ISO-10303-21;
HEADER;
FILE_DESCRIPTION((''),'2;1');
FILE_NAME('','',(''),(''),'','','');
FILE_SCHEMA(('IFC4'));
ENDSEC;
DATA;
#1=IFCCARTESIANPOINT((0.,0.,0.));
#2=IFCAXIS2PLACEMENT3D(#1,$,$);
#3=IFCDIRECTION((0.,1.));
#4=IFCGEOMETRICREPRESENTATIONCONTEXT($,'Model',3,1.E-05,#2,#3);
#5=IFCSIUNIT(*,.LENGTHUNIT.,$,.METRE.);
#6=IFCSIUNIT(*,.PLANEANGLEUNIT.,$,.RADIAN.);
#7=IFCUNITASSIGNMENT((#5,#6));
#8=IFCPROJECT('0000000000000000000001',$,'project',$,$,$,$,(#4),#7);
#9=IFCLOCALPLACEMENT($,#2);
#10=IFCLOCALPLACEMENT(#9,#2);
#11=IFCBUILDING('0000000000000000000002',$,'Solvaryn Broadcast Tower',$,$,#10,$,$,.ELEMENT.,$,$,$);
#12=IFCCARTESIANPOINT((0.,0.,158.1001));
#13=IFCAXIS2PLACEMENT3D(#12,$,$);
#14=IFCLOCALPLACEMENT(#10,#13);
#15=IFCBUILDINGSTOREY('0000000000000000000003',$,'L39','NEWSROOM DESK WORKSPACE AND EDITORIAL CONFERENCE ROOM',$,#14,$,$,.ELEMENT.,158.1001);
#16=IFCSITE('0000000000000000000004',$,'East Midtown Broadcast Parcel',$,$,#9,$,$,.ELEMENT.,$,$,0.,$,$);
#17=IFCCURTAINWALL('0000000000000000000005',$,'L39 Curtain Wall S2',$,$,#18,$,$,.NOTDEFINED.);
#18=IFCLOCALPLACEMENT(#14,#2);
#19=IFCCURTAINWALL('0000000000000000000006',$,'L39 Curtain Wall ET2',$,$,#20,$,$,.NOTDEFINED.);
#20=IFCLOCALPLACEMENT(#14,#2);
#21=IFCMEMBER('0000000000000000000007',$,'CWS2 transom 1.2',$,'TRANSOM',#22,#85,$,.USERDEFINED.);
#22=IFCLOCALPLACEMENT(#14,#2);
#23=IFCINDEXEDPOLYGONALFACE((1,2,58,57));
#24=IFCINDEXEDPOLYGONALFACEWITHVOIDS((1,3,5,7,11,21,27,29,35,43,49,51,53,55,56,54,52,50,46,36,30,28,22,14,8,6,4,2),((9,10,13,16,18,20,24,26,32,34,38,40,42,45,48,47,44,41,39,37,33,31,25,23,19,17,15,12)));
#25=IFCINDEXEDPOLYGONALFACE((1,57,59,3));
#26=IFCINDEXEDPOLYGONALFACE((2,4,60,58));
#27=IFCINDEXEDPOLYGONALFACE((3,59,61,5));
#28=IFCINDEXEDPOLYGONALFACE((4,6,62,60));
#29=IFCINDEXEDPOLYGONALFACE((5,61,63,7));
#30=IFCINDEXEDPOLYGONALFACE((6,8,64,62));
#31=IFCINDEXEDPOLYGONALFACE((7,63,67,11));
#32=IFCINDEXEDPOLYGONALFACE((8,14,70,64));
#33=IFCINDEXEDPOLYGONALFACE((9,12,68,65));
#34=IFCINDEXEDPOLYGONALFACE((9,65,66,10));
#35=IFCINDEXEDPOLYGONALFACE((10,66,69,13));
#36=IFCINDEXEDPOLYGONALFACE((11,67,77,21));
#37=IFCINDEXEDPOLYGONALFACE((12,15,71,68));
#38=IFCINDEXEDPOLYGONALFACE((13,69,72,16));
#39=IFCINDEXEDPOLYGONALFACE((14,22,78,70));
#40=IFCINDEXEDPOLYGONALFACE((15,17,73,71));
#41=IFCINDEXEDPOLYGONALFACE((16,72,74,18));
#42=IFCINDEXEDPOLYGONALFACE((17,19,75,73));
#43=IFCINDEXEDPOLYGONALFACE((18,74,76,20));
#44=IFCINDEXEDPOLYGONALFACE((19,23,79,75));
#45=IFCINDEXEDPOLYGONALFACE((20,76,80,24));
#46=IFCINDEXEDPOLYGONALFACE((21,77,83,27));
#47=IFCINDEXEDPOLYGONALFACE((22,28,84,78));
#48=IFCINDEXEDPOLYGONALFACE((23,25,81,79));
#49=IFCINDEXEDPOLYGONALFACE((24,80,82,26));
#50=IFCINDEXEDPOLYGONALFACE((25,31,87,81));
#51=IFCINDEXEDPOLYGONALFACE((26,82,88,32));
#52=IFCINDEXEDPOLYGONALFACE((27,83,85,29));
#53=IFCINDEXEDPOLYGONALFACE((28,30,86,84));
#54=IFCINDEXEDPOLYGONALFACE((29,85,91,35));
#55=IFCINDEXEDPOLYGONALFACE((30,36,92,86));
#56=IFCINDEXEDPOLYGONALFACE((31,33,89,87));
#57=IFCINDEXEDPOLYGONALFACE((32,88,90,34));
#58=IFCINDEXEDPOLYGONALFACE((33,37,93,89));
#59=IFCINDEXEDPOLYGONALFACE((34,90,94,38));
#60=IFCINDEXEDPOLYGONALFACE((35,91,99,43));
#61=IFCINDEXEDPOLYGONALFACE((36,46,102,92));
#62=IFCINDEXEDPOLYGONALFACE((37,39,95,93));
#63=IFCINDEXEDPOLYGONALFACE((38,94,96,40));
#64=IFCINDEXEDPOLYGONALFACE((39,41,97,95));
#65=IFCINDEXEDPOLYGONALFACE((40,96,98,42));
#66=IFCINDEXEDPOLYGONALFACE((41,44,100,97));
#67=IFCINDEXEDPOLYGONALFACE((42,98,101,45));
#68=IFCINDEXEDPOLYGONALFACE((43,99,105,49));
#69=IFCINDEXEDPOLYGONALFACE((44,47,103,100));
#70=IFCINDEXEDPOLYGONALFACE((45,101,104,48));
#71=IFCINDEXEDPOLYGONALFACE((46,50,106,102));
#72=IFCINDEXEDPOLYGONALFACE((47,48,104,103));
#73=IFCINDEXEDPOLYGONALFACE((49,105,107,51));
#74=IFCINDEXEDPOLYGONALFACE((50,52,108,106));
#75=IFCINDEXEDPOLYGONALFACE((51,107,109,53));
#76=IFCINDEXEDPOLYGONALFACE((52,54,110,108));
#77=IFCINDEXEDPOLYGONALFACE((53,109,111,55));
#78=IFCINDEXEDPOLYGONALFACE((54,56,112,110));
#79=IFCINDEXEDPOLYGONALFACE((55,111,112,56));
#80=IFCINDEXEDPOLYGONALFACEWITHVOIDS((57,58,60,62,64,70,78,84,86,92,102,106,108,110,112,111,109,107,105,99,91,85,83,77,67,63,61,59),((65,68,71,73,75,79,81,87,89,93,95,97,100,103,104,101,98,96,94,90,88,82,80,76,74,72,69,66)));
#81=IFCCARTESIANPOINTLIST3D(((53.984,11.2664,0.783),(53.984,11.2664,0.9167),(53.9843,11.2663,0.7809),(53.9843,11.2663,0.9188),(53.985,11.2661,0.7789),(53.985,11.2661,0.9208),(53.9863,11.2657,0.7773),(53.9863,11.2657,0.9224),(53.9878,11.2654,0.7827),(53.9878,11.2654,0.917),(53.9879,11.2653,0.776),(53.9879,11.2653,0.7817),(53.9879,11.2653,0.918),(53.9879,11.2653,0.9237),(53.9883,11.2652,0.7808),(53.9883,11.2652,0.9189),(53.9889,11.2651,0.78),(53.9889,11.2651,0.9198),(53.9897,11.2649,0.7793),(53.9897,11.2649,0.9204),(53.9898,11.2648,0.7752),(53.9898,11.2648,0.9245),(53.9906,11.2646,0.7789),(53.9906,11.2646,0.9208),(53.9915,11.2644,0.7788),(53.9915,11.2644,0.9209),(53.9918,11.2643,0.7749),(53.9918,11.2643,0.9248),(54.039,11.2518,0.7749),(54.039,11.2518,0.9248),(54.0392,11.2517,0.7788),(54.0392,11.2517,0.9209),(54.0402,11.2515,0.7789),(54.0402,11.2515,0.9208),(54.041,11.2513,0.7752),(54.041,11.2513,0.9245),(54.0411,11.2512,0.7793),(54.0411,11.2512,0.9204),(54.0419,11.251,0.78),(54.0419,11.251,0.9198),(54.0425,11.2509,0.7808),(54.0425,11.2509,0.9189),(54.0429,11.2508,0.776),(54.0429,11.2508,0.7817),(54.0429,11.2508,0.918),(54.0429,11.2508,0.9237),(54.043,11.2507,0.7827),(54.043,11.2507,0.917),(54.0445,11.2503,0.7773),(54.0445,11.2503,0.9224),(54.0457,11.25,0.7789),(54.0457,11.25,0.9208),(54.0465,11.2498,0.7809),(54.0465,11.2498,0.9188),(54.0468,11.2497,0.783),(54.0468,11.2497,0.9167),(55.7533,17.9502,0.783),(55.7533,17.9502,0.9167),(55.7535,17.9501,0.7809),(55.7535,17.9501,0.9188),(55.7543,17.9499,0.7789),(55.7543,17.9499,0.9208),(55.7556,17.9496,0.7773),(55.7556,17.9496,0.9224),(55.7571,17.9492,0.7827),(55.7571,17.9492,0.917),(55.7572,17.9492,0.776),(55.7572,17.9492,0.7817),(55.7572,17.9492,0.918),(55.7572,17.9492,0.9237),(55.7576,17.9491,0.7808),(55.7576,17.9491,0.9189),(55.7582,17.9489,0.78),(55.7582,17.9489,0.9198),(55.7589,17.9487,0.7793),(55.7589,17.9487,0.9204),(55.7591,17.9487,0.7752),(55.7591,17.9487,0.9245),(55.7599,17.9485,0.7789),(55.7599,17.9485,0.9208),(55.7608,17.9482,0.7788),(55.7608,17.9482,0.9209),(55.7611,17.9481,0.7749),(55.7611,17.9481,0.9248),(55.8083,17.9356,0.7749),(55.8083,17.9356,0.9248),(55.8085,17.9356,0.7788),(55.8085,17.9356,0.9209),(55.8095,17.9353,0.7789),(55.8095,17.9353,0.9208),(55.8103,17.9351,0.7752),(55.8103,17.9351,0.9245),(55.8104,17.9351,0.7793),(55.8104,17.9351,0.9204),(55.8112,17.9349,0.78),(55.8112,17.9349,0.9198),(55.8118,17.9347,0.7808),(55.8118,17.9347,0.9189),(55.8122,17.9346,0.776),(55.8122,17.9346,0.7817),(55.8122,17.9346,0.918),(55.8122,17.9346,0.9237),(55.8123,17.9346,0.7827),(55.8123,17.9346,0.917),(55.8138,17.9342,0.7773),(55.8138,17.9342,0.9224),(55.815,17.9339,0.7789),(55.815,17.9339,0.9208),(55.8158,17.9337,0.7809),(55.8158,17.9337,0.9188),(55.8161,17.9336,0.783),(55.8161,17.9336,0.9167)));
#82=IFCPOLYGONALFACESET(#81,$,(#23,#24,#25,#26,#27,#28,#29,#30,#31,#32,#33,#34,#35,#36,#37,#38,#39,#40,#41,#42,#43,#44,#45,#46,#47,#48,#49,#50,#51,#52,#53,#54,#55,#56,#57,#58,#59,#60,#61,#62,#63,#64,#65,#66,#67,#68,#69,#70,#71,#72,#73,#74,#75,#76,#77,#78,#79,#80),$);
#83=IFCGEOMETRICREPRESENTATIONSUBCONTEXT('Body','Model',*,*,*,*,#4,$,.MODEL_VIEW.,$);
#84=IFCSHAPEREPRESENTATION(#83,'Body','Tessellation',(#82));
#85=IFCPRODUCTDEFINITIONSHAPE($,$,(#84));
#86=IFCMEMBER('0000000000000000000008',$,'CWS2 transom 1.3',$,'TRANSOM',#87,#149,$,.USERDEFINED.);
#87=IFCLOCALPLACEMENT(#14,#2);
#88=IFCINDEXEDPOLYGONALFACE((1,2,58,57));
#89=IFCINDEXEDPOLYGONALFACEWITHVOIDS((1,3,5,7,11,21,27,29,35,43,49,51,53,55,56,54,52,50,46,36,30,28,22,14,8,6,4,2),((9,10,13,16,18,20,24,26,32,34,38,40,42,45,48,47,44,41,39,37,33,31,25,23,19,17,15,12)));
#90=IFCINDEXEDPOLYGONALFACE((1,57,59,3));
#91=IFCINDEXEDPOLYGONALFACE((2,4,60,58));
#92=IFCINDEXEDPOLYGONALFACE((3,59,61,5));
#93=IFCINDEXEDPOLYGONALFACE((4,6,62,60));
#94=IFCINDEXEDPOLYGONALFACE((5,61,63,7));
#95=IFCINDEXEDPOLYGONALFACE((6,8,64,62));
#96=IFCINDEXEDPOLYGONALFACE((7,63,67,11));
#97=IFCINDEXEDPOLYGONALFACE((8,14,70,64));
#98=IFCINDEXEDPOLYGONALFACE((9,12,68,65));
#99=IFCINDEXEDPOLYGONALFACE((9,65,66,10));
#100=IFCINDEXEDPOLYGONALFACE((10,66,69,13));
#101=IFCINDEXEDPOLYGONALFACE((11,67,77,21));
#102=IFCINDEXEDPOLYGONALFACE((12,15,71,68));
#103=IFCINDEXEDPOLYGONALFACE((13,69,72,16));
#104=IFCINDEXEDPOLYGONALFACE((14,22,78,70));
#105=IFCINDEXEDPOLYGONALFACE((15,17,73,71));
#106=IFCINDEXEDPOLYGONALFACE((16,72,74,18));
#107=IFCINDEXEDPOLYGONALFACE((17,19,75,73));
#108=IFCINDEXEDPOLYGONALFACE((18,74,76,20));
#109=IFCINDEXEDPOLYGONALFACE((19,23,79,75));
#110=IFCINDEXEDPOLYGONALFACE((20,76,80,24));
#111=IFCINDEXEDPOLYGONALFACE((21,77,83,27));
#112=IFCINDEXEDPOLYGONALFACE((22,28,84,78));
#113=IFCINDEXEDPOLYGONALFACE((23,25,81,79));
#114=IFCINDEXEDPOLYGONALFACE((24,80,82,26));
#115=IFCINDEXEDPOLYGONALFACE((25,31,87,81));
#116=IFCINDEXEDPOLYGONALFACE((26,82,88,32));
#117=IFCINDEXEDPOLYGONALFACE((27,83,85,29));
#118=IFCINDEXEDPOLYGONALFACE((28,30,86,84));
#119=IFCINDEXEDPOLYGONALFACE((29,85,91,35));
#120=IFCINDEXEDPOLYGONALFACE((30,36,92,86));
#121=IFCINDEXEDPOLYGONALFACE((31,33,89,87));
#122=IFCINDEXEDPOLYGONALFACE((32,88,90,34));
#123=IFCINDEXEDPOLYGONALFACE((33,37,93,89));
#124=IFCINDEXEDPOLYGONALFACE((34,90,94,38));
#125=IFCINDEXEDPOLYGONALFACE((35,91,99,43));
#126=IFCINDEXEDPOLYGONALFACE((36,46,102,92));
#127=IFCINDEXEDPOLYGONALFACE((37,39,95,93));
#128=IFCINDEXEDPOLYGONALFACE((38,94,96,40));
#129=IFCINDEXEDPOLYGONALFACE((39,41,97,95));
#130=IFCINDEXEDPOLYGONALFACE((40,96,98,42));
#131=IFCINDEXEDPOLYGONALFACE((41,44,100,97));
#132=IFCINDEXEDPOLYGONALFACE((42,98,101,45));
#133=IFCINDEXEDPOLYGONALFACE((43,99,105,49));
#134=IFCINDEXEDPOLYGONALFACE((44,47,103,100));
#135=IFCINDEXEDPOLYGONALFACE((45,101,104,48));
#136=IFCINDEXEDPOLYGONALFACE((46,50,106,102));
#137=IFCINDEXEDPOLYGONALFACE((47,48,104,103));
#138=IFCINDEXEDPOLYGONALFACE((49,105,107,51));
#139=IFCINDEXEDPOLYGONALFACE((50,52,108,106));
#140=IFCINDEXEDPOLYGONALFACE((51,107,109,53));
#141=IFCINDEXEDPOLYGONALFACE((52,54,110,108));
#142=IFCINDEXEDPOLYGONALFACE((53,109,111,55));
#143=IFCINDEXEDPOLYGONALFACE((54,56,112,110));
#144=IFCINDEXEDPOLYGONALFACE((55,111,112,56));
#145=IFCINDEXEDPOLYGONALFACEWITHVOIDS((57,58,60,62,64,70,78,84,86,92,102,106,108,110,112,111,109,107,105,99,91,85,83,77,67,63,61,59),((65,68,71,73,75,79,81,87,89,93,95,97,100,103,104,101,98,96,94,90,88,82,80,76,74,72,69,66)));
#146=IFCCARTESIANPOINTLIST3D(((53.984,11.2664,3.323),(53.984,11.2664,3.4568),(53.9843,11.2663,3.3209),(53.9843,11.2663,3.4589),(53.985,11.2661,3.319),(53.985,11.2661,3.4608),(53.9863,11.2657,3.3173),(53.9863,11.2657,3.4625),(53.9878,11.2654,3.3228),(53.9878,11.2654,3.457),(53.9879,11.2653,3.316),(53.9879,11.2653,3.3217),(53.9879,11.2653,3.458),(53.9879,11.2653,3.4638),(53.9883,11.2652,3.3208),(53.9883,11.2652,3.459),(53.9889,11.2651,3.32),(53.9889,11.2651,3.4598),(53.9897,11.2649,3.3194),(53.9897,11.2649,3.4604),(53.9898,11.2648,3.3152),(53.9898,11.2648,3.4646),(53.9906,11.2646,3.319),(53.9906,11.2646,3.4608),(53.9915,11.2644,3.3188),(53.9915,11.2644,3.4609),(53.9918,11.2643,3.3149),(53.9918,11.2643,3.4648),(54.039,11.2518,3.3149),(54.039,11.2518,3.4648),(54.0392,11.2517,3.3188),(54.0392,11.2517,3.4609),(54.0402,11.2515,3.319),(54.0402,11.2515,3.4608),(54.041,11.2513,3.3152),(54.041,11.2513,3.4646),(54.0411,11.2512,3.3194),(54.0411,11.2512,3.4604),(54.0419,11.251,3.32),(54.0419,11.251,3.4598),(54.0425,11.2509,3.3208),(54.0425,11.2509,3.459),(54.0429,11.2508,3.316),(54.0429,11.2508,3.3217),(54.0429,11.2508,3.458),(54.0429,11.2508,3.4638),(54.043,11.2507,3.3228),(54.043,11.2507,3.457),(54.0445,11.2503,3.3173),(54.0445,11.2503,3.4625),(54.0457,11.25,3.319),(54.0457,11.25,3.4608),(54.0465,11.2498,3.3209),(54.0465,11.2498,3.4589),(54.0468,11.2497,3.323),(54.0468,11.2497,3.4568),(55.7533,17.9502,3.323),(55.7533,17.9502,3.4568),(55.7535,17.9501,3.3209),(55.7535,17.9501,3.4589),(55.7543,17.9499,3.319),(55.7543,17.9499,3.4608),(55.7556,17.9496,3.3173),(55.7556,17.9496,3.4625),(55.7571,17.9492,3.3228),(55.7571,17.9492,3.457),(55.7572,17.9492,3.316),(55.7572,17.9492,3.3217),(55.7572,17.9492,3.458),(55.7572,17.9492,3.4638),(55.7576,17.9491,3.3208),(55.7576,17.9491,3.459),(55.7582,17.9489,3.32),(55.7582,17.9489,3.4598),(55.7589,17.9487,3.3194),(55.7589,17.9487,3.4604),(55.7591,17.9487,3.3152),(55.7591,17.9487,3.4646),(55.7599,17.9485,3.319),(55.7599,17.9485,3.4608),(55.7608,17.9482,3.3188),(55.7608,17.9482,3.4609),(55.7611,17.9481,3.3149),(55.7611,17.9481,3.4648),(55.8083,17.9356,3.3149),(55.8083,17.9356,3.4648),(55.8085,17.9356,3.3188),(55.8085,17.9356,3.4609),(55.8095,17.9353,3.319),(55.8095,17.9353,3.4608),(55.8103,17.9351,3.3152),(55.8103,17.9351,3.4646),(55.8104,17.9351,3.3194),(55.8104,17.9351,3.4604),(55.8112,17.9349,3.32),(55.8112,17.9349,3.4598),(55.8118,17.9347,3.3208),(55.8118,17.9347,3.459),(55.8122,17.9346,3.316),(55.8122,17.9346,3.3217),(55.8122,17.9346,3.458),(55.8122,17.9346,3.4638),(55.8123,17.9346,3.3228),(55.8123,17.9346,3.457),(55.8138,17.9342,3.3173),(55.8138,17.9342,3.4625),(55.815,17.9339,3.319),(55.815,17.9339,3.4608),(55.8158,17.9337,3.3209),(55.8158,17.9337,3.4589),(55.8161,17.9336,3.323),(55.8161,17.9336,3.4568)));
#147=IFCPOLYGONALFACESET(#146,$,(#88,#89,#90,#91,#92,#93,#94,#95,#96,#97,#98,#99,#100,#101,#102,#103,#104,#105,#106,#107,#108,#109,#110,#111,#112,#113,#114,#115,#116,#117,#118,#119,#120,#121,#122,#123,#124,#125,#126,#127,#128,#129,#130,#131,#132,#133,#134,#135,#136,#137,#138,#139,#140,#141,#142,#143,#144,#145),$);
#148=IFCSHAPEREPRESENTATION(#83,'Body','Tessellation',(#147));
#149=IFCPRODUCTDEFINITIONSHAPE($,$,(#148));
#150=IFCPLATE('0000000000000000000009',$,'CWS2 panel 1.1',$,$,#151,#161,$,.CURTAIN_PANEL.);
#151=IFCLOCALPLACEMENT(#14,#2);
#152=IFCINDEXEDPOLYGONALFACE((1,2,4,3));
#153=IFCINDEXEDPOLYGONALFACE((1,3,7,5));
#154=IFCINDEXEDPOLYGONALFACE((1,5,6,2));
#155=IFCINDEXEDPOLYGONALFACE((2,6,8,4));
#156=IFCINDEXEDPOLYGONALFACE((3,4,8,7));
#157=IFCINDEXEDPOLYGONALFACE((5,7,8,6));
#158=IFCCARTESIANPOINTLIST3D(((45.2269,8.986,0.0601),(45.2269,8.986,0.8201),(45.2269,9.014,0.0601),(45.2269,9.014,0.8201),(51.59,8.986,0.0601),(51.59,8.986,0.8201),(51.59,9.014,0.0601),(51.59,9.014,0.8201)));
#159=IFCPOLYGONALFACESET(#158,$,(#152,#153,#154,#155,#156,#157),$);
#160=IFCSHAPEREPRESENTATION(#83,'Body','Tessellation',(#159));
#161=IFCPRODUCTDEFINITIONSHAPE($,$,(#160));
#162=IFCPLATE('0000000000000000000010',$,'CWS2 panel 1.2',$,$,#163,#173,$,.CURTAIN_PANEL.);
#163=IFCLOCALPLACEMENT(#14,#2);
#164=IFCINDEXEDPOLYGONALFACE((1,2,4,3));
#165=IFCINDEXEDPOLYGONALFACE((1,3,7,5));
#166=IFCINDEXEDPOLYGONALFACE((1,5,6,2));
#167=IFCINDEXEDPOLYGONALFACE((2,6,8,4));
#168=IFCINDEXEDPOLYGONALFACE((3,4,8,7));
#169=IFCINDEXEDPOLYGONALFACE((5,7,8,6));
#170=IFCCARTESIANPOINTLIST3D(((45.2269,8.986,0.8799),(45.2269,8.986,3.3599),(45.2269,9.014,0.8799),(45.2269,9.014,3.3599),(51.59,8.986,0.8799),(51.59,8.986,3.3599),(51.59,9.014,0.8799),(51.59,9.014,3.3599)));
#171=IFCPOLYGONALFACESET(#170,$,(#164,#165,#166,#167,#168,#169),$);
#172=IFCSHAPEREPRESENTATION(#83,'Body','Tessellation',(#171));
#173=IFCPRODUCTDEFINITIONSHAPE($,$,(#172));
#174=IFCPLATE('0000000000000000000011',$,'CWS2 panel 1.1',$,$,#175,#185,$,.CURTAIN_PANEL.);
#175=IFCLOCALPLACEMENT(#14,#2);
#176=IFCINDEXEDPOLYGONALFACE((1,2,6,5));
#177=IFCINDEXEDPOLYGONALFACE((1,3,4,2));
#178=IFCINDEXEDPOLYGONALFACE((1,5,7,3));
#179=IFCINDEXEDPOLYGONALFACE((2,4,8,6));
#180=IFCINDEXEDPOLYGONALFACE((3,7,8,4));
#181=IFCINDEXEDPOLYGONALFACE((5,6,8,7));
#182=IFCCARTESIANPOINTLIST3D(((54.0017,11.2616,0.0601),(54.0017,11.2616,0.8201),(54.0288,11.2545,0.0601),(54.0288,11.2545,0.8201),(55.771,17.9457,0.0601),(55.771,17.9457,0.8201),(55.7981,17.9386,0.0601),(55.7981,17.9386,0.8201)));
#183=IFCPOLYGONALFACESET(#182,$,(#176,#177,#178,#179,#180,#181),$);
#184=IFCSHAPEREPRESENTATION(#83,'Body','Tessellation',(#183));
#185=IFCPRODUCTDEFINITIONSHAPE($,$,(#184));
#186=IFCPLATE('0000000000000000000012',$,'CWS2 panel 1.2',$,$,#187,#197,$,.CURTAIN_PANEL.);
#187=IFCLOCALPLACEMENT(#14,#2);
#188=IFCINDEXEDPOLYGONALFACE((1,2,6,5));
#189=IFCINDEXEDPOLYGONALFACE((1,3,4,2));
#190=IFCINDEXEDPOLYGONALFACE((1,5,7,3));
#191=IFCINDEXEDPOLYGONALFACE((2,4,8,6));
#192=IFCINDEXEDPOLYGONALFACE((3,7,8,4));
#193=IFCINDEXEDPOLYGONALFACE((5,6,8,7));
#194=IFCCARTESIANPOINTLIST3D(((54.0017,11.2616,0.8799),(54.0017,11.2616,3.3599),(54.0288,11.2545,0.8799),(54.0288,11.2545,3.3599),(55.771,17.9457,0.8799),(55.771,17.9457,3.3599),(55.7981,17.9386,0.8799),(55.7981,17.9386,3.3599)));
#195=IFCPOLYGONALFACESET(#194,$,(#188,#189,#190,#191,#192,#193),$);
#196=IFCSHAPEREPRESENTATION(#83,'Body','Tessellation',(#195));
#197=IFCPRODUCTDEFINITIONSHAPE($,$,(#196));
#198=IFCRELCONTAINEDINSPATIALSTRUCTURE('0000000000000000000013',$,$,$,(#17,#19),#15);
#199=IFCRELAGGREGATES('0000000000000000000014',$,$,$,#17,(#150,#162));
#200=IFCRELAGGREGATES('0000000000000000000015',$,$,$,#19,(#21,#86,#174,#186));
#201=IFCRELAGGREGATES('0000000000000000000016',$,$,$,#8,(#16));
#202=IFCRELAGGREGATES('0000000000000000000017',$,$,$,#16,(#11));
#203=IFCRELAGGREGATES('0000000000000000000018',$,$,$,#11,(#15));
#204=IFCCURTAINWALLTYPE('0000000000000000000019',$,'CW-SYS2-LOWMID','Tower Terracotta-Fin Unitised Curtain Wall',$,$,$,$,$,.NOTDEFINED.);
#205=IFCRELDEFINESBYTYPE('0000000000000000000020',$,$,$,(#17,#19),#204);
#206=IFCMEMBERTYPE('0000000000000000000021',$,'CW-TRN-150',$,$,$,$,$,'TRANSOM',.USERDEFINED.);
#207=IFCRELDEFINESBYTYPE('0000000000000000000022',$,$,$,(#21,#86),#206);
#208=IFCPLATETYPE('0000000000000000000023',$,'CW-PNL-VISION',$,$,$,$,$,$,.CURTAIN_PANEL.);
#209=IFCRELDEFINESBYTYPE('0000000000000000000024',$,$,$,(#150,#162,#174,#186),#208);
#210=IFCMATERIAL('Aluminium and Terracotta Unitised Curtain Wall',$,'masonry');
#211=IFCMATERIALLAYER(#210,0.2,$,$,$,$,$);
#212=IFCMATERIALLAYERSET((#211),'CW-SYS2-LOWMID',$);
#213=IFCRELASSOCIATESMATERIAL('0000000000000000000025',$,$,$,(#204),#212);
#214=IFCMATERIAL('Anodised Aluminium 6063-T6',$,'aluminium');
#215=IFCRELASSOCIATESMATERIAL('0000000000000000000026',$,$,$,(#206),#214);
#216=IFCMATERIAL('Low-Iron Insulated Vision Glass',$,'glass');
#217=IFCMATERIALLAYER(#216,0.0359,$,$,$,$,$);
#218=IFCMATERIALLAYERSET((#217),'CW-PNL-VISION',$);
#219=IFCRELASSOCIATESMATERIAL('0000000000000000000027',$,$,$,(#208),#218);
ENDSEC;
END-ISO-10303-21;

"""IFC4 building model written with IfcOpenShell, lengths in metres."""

from ifc_helpers import new_model, si_unit, direction, frame, origin, origin_2d, place, context, subcontext, project, spatial, rectangle, hollow_rectangle, extrude, material, layer, layer_set, material_profile, profile_set, type_object, element, aggregate, save


model = new_model("IFC4")

# Units and contexts
model_context = context("Model", 3, precision=1e-05, world=origin(), true_north=direction((0.0, 1.0)))
body_context = subcontext(model_context, "Body", "Model", "MODEL_VIEW")
ifc_project = project(units=[si_unit("LENGTHUNIT", "METRE"), si_unit("PLANEANGLEUNIT", "RADIAN")], contexts=[model_context])

# Site, building, storey
site_placement = place(None, origin())
site = spatial("IfcSite", under=ifc_project, at=site_placement, Name="East Midtown Broadcast Parcel", CompositionType="ELEMENT", RefElevation=0.0)
building_placement = place(site_placement, origin())
building = spatial("IfcBuilding", under=site, at=building_placement, Name="Solvaryn Broadcast Tower", CompositionType="ELEMENT")
storey_placement = place(building_placement, frame((0.0, 0.0, 158.1001)))
storey = spatial("IfcBuildingStorey", under=building, at=storey_placement, Name="L39", Description="NEWSROOM DESK WORKSPACE AND EDITORIAL CONFERENCE ROOM", CompositionType="ELEMENT", Elevation=158.1001)

# Curtain wall
ifc_material_1 = material(Name="Aluminium and Terracotta Unitised Curtain Wall", Category="masonry")
ifc_layer_1 = layer(ifc_material_1, 0.2)
ifc_layer_set_1 = layer_set([ifc_layer_1], Name="CW-SYS2-LOWMID")
curtain_wall_type = type_object("IfcCurtainWallType", Name="CW-SYS2-LOWMID", Description="Tower Terracotta-Fin Unitised Curtain Wall", PredefinedType="NOTDEFINED", material=ifc_layer_set_1)
curtain_wall_1_placement = place(storey_placement, origin())
curtain_wall_1 = element("IfcCurtainWall", 1, at=curtain_wall_1_placement, inside=storey, type_object=curtain_wall_type, Name="L39 Curtain Wall S2", PredefinedType="NOTDEFINED")

# Curtain wall
curtain_wall_2_placement = place(storey_placement, origin())
curtain_wall_2 = element("IfcCurtainWall", 2, at=curtain_wall_2_placement, inside=storey, type_object=curtain_wall_type, Name="L39 Curtain Wall ET2", PredefinedType="NOTDEFINED")

# Members
ifc_material_2 = material(Name="Anodised Aluminium 6063-T6", Category="aluminium")
ifc_material_profile_1 = material_profile(ifc_material_2, hollow_rectangle(XDim=0.0649, YDim=0.1499, WallThickness=0.0039, InnerFilletRadius=0.0039, OuterFilletRadius=0.0081, at=origin_2d()))
ifc_profile_set_1 = profile_set([ifc_material_profile_1], Name="Anodised Aluminium 6063-T6")
member_type_1 = type_object("IfcMemberType", Name="CW-TRN-150", ElementType="TRANSOM", PredefinedType="USERDEFINED", material=ifc_profile_set_1)
member_1_placement = place(storey_placement, frame((55.7847, 17.9419, 0.8499), z_axis=(-0.255897, -0.966704, 0.0), x_axis=(0.966704, -0.255897, 0.0)))
member_1 = element("IfcMember", 3, at=member_1_placement, type_object=member_type_1, Name="CWS2 transom 1.2", ObjectType="TRANSOM", PredefinedType="USERDEFINED", context=body_context, shape_type="SweptSolid", body=[
    extrude(hollow_rectangle(XDim=0.0649, YDim=0.1499, WallThickness=0.0039, InnerFilletRadius=0.0039, OuterFilletRadius=0.0081, at=origin_2d()), origin(), (0.0, 0.0, 1.0), 6.9141),
])
member_2_placement = place(storey_placement, frame((55.7847, 17.9419, 3.3899), z_axis=(-0.255897, -0.966704, 0.0), x_axis=(0.966704, -0.255897, 0.0)))
member_2 = element("IfcMember", 4, at=member_2_placement, type_object=member_type_1, Name="CWS2 transom 1.3", ObjectType="TRANSOM", PredefinedType="USERDEFINED", context=body_context, shape_type="SweptSolid", body=[
    extrude(hollow_rectangle(XDim=0.0649, YDim=0.1499, WallThickness=0.0039, InnerFilletRadius=0.0039, OuterFilletRadius=0.0081, at=origin_2d()), origin(), (0.0, 0.0, 1.0), 6.9141),
])

# Plates
ifc_material_3 = material(Name="Low-Iron Insulated Vision Glass", Category="glass")
ifc_layer_2 = layer(ifc_material_3, 0.0359)
ifc_layer_set_2 = layer_set([ifc_layer_2], Name="CW-PNL-VISION")
plate_type = type_object("IfcPlateType", Name="CW-PNL-VISION", PredefinedType="CURTAIN_PANEL", material=ifc_layer_set_2)
plate_1_placement = place(storey_placement, frame((48.4084, 9.0, 0.0601), z_axis=(0.0, 0.0, 1.0), x_axis=(1.0, 0.0, 0.0)))
plate_1 = element("IfcPlate", 5, at=plate_1_placement, type_object=plate_type, Name="CWS2 panel 1.1", PredefinedType="CURTAIN_PANEL", context=body_context, shape_type="SweptSolid", body=[
    extrude(rectangle(XDim=6.363, YDim=0.0281, at=origin_2d()), origin(), (0.0, 0.0, 1.0), 0.76),
])
plate_2_placement = place(storey_placement, frame((48.4084, 9.0, 0.8799), z_axis=(0.0, 0.0, 1.0), x_axis=(1.0, 0.0, 0.0)))
plate_2 = element("IfcPlate", 6, at=plate_2_placement, type_object=plate_type, Name="CWS2 panel 1.2", PredefinedType="CURTAIN_PANEL", context=body_context, shape_type="SweptSolid", body=[
    extrude(rectangle(XDim=6.363, YDim=0.0281, at=origin_2d()), origin(), (0.0, 0.0, 1.0), 2.48),
])
aggregate(curtain_wall_1, [plate_1, plate_2])
plate_3_placement = place(storey_placement, frame((54.8999, 14.6001, 0.0601), z_axis=(0.0, 0.0, 1.0), x_axis=(-0.255893, -0.966705, 0.0)))
plate_3 = element("IfcPlate", 7, at=plate_3_placement, type_object=plate_type, Name="CWS2 panel 1.1", PredefinedType="CURTAIN_PANEL", context=body_context, shape_type="SweptSolid", body=[
    extrude(rectangle(XDim=6.9143, YDim=0.0281, at=origin_2d()), origin(), (0.0, 0.0, 1.0), 0.76),
])
plate_4_placement = place(storey_placement, frame((54.8999, 14.6001, 0.8799), z_axis=(0.0, 0.0, 1.0), x_axis=(-0.255893, -0.966705, 0.0)))
plate_4 = element("IfcPlate", 8, at=plate_4_placement, type_object=plate_type, Name="CWS2 panel 1.2", PredefinedType="CURTAIN_PANEL", context=body_context, shape_type="SweptSolid", body=[
    extrude(rectangle(XDim=6.9143, YDim=0.0281, at=origin_2d()), origin(), (0.0, 0.0, 1.0), 2.48),
])
aggregate(curtain_wall_2, [member_1, member_2, plate_3, plate_4])

save(model, "model.ifc")
